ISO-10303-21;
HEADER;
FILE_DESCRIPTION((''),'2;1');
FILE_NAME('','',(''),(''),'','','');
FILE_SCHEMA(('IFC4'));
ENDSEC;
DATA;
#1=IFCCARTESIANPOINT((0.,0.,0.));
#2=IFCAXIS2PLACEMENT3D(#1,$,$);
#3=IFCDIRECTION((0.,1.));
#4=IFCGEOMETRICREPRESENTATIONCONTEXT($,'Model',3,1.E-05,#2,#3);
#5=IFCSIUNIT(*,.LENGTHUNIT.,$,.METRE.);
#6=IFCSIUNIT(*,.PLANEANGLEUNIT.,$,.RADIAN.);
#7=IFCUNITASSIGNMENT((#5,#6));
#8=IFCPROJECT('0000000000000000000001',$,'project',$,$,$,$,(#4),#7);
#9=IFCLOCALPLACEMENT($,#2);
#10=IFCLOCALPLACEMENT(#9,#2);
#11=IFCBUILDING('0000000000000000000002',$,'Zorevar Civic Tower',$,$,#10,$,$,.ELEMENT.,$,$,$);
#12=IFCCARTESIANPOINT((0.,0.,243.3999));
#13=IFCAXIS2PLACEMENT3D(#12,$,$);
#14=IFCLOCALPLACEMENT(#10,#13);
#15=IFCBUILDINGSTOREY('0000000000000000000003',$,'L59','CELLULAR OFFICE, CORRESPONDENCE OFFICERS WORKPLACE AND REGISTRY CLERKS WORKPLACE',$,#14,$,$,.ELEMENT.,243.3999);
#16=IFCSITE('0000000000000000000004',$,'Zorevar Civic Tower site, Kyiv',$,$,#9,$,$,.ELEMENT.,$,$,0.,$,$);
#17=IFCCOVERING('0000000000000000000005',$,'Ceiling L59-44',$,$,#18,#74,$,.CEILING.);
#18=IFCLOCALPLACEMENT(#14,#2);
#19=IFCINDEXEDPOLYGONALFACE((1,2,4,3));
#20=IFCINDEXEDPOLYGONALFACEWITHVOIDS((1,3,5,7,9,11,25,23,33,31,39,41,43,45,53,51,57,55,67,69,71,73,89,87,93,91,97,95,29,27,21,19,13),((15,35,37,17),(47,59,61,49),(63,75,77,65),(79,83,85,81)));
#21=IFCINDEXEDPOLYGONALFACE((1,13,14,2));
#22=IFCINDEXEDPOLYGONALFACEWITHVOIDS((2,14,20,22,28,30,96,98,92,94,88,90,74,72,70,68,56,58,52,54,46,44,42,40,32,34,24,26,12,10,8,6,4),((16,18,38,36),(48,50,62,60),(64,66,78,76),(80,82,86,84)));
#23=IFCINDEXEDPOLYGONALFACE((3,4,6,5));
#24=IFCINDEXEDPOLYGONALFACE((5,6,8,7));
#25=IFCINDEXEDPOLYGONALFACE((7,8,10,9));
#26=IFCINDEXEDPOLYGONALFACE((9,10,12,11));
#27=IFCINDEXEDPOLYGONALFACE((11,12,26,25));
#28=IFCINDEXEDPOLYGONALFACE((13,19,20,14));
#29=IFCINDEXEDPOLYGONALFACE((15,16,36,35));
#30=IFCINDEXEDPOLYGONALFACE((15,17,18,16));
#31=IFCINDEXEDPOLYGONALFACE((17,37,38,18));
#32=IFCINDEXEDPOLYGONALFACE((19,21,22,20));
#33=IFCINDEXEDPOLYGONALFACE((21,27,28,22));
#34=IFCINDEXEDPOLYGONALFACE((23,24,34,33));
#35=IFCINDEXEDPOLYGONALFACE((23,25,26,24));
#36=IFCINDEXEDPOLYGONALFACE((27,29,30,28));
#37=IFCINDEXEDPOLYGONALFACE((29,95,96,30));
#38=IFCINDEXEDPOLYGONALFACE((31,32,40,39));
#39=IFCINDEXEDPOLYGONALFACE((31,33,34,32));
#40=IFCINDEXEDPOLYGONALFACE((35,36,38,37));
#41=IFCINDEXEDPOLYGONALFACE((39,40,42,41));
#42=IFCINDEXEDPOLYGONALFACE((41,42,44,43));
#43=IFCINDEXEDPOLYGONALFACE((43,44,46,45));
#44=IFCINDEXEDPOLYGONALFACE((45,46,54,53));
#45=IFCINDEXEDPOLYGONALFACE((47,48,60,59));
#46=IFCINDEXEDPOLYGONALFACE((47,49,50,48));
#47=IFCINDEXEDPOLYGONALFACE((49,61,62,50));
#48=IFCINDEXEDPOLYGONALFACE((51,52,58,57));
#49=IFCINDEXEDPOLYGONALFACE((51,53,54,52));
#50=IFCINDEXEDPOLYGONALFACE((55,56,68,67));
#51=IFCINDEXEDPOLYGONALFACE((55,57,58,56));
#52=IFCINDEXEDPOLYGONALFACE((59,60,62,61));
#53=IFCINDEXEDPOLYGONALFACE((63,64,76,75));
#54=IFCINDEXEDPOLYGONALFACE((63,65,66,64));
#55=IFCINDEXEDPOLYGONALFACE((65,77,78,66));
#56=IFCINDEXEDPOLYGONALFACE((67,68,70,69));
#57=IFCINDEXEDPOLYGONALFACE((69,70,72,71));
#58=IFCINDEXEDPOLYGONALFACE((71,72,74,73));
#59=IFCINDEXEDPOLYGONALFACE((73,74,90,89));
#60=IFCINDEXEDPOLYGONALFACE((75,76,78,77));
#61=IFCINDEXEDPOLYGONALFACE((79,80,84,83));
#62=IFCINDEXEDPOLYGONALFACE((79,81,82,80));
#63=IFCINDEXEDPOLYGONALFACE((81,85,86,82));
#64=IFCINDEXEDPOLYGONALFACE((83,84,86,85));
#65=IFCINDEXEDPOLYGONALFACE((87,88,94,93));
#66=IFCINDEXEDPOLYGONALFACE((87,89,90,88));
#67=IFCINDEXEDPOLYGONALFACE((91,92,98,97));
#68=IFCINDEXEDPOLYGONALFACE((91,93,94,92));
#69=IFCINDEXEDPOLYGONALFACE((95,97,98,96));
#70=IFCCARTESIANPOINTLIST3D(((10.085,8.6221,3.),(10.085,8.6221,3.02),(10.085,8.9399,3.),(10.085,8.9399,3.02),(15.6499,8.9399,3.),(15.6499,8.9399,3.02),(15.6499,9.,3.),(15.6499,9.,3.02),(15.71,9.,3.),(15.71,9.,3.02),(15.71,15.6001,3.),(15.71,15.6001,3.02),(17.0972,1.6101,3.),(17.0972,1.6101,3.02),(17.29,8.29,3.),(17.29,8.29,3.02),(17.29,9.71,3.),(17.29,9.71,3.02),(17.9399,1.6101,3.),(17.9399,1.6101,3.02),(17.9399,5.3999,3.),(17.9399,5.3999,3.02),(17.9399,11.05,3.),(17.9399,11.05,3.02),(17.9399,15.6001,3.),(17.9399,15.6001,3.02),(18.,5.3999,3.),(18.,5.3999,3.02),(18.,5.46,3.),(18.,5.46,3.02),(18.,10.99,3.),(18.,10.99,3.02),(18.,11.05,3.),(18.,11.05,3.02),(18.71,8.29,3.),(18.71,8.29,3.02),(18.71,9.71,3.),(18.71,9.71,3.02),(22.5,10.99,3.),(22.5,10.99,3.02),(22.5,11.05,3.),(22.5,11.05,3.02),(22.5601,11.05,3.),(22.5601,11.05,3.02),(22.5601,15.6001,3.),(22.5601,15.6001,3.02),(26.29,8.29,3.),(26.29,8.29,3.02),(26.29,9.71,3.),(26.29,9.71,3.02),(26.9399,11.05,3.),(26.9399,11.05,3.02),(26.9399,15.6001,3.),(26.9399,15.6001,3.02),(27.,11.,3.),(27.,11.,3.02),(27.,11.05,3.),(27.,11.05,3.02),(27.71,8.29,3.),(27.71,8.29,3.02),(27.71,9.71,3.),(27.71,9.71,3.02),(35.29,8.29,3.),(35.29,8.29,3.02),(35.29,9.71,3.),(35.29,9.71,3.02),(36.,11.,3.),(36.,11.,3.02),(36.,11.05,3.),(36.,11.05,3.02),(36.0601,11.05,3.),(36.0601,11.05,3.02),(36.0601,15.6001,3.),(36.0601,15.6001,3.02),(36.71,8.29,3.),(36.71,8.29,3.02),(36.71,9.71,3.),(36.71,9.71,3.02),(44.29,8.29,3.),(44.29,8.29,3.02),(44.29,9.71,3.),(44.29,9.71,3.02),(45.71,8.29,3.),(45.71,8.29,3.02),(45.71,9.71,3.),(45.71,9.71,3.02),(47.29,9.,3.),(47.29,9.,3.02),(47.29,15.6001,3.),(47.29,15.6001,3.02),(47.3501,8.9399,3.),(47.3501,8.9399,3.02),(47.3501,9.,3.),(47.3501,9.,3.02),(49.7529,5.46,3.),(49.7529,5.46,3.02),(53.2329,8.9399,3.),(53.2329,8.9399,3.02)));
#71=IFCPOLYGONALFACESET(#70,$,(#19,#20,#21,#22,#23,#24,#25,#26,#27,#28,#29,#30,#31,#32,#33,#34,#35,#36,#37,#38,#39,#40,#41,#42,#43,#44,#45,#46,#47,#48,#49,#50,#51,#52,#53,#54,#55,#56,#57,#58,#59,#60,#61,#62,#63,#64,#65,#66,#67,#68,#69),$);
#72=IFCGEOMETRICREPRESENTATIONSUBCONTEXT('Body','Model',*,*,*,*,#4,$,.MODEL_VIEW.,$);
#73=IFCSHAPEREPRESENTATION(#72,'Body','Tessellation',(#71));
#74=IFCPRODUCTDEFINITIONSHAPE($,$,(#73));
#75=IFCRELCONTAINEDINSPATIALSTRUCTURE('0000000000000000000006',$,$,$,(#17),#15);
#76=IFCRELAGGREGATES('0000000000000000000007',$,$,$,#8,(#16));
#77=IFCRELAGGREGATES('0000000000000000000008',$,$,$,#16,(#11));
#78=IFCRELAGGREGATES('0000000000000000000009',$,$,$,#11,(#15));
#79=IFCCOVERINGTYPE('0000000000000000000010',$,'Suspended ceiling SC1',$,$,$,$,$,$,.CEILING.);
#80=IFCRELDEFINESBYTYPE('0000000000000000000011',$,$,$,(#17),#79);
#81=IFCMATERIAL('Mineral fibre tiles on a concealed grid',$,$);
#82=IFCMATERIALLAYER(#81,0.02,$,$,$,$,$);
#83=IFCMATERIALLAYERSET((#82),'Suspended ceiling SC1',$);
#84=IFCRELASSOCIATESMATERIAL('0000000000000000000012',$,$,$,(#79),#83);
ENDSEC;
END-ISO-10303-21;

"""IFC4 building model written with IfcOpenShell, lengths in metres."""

from ifc_helpers import new_model, si_unit, direction, frame, origin, place, context, subcontext, project, spatial, polyline, outline, extrude, material, layer, layer_set, type_object, element, save


model = new_model("IFC4")

# Units and contexts
model_context = context("Model", 3, precision=1e-05, world=origin(), true_north=direction((0.0, 1.0)))
body_context = subcontext(model_context, "Body", "Model", "MODEL_VIEW")
ifc_project = project(units=[si_unit("LENGTHUNIT", "METRE"), si_unit("PLANEANGLEUNIT", "RADIAN")], contexts=[model_context])

# Site, building, storey
site_placement = place(None, origin())
site = spatial("IfcSite", under=ifc_project, at=site_placement, Name="Zorevar Civic Tower site, Kyiv", CompositionType="ELEMENT", RefElevation=0.0)
building_placement = place(site_placement, origin())
building = spatial("IfcBuilding", under=site, at=building_placement, Name="Zorevar Civic Tower", CompositionType="ELEMENT")
storey_placement = place(building_placement, frame((0.0, 0.0, 243.3999)))
storey = spatial("IfcBuildingStorey", under=building, at=storey_placement, Name="L59", Description="CELLULAR OFFICE, CORRESPONDENCE OFFICERS WORKPLACE AND REGISTRY CLERKS WORKPLACE", CompositionType="ELEMENT", Elevation=243.3999)

# Covering
ifc_material_1 = material(Name="Mineral fibre tiles on a concealed grid")
ifc_layer_1 = layer(ifc_material_1, 0.02)
ifc_layer_set_1 = layer_set([ifc_layer_1], Name="Suspended ceiling SC1")
covering_type_1 = type_object("IfcCoveringType", Name="Suspended ceiling SC1", PredefinedType="CEILING", material=ifc_layer_set_1)
covering_1_placement = place(storey_placement, frame((0.0, 0.0, 3.0)))
element("IfcCovering", 1, at=covering_1_placement, inside=storey, type_object=covering_type_1, Name="Ceiling L59-44", PredefinedType="CEILING", context=body_context, shape_type="SweptSolid", body=[
    extrude(outline(polyline([(15.71, 15.6001), (17.9399, 15.6001), (17.9399, 11.05), (18.0, 11.05), (18.0, 10.99), (22.5, 10.99), (22.5, 11.05), (22.5601, 11.05), (22.5601, 15.6001), (26.9399, 15.6001), (26.9399, 11.05), (27.0, 11.05), (27.0, 11.0), (36.0, 11.0), (36.0, 11.05), (36.0601, 11.05), (36.0601, 15.6001), (47.29, 15.6001), (47.29, 9.0), (47.3501, 9.0), (47.3501, 8.9399), (53.2329, 8.9399), (49.7529, 5.46), (18.0, 5.46), (18.0, 5.3999), (17.9399, 5.3999), (17.9399, 1.6101), (17.0972, 1.6101), (10.085, 8.6221), (10.085, 8.9399), (15.6499, 8.9399), (15.6499, 9.0), (15.71, 9.0), (15.71, 15.6001)]), holes=[polyline([(17.29, 8.29), (18.71, 8.29), (18.71, 9.71), (17.29, 9.71), (17.29, 8.29)]), polyline([(26.29, 9.71), (26.29, 8.29), (27.71, 8.29), (27.71, 9.71), (26.29, 9.71)]), polyline([(36.71, 9.71), (35.29, 9.71), (35.29, 8.29), (36.71, 8.29), (36.71, 9.71)]), polyline([(45.71, 8.29), (45.71, 9.71), (44.29, 9.71), (44.29, 8.29), (45.71, 8.29)])]), origin(), (0.0, 0.0, 1.0), 0.02),
])

save(model, "model.ifc")
